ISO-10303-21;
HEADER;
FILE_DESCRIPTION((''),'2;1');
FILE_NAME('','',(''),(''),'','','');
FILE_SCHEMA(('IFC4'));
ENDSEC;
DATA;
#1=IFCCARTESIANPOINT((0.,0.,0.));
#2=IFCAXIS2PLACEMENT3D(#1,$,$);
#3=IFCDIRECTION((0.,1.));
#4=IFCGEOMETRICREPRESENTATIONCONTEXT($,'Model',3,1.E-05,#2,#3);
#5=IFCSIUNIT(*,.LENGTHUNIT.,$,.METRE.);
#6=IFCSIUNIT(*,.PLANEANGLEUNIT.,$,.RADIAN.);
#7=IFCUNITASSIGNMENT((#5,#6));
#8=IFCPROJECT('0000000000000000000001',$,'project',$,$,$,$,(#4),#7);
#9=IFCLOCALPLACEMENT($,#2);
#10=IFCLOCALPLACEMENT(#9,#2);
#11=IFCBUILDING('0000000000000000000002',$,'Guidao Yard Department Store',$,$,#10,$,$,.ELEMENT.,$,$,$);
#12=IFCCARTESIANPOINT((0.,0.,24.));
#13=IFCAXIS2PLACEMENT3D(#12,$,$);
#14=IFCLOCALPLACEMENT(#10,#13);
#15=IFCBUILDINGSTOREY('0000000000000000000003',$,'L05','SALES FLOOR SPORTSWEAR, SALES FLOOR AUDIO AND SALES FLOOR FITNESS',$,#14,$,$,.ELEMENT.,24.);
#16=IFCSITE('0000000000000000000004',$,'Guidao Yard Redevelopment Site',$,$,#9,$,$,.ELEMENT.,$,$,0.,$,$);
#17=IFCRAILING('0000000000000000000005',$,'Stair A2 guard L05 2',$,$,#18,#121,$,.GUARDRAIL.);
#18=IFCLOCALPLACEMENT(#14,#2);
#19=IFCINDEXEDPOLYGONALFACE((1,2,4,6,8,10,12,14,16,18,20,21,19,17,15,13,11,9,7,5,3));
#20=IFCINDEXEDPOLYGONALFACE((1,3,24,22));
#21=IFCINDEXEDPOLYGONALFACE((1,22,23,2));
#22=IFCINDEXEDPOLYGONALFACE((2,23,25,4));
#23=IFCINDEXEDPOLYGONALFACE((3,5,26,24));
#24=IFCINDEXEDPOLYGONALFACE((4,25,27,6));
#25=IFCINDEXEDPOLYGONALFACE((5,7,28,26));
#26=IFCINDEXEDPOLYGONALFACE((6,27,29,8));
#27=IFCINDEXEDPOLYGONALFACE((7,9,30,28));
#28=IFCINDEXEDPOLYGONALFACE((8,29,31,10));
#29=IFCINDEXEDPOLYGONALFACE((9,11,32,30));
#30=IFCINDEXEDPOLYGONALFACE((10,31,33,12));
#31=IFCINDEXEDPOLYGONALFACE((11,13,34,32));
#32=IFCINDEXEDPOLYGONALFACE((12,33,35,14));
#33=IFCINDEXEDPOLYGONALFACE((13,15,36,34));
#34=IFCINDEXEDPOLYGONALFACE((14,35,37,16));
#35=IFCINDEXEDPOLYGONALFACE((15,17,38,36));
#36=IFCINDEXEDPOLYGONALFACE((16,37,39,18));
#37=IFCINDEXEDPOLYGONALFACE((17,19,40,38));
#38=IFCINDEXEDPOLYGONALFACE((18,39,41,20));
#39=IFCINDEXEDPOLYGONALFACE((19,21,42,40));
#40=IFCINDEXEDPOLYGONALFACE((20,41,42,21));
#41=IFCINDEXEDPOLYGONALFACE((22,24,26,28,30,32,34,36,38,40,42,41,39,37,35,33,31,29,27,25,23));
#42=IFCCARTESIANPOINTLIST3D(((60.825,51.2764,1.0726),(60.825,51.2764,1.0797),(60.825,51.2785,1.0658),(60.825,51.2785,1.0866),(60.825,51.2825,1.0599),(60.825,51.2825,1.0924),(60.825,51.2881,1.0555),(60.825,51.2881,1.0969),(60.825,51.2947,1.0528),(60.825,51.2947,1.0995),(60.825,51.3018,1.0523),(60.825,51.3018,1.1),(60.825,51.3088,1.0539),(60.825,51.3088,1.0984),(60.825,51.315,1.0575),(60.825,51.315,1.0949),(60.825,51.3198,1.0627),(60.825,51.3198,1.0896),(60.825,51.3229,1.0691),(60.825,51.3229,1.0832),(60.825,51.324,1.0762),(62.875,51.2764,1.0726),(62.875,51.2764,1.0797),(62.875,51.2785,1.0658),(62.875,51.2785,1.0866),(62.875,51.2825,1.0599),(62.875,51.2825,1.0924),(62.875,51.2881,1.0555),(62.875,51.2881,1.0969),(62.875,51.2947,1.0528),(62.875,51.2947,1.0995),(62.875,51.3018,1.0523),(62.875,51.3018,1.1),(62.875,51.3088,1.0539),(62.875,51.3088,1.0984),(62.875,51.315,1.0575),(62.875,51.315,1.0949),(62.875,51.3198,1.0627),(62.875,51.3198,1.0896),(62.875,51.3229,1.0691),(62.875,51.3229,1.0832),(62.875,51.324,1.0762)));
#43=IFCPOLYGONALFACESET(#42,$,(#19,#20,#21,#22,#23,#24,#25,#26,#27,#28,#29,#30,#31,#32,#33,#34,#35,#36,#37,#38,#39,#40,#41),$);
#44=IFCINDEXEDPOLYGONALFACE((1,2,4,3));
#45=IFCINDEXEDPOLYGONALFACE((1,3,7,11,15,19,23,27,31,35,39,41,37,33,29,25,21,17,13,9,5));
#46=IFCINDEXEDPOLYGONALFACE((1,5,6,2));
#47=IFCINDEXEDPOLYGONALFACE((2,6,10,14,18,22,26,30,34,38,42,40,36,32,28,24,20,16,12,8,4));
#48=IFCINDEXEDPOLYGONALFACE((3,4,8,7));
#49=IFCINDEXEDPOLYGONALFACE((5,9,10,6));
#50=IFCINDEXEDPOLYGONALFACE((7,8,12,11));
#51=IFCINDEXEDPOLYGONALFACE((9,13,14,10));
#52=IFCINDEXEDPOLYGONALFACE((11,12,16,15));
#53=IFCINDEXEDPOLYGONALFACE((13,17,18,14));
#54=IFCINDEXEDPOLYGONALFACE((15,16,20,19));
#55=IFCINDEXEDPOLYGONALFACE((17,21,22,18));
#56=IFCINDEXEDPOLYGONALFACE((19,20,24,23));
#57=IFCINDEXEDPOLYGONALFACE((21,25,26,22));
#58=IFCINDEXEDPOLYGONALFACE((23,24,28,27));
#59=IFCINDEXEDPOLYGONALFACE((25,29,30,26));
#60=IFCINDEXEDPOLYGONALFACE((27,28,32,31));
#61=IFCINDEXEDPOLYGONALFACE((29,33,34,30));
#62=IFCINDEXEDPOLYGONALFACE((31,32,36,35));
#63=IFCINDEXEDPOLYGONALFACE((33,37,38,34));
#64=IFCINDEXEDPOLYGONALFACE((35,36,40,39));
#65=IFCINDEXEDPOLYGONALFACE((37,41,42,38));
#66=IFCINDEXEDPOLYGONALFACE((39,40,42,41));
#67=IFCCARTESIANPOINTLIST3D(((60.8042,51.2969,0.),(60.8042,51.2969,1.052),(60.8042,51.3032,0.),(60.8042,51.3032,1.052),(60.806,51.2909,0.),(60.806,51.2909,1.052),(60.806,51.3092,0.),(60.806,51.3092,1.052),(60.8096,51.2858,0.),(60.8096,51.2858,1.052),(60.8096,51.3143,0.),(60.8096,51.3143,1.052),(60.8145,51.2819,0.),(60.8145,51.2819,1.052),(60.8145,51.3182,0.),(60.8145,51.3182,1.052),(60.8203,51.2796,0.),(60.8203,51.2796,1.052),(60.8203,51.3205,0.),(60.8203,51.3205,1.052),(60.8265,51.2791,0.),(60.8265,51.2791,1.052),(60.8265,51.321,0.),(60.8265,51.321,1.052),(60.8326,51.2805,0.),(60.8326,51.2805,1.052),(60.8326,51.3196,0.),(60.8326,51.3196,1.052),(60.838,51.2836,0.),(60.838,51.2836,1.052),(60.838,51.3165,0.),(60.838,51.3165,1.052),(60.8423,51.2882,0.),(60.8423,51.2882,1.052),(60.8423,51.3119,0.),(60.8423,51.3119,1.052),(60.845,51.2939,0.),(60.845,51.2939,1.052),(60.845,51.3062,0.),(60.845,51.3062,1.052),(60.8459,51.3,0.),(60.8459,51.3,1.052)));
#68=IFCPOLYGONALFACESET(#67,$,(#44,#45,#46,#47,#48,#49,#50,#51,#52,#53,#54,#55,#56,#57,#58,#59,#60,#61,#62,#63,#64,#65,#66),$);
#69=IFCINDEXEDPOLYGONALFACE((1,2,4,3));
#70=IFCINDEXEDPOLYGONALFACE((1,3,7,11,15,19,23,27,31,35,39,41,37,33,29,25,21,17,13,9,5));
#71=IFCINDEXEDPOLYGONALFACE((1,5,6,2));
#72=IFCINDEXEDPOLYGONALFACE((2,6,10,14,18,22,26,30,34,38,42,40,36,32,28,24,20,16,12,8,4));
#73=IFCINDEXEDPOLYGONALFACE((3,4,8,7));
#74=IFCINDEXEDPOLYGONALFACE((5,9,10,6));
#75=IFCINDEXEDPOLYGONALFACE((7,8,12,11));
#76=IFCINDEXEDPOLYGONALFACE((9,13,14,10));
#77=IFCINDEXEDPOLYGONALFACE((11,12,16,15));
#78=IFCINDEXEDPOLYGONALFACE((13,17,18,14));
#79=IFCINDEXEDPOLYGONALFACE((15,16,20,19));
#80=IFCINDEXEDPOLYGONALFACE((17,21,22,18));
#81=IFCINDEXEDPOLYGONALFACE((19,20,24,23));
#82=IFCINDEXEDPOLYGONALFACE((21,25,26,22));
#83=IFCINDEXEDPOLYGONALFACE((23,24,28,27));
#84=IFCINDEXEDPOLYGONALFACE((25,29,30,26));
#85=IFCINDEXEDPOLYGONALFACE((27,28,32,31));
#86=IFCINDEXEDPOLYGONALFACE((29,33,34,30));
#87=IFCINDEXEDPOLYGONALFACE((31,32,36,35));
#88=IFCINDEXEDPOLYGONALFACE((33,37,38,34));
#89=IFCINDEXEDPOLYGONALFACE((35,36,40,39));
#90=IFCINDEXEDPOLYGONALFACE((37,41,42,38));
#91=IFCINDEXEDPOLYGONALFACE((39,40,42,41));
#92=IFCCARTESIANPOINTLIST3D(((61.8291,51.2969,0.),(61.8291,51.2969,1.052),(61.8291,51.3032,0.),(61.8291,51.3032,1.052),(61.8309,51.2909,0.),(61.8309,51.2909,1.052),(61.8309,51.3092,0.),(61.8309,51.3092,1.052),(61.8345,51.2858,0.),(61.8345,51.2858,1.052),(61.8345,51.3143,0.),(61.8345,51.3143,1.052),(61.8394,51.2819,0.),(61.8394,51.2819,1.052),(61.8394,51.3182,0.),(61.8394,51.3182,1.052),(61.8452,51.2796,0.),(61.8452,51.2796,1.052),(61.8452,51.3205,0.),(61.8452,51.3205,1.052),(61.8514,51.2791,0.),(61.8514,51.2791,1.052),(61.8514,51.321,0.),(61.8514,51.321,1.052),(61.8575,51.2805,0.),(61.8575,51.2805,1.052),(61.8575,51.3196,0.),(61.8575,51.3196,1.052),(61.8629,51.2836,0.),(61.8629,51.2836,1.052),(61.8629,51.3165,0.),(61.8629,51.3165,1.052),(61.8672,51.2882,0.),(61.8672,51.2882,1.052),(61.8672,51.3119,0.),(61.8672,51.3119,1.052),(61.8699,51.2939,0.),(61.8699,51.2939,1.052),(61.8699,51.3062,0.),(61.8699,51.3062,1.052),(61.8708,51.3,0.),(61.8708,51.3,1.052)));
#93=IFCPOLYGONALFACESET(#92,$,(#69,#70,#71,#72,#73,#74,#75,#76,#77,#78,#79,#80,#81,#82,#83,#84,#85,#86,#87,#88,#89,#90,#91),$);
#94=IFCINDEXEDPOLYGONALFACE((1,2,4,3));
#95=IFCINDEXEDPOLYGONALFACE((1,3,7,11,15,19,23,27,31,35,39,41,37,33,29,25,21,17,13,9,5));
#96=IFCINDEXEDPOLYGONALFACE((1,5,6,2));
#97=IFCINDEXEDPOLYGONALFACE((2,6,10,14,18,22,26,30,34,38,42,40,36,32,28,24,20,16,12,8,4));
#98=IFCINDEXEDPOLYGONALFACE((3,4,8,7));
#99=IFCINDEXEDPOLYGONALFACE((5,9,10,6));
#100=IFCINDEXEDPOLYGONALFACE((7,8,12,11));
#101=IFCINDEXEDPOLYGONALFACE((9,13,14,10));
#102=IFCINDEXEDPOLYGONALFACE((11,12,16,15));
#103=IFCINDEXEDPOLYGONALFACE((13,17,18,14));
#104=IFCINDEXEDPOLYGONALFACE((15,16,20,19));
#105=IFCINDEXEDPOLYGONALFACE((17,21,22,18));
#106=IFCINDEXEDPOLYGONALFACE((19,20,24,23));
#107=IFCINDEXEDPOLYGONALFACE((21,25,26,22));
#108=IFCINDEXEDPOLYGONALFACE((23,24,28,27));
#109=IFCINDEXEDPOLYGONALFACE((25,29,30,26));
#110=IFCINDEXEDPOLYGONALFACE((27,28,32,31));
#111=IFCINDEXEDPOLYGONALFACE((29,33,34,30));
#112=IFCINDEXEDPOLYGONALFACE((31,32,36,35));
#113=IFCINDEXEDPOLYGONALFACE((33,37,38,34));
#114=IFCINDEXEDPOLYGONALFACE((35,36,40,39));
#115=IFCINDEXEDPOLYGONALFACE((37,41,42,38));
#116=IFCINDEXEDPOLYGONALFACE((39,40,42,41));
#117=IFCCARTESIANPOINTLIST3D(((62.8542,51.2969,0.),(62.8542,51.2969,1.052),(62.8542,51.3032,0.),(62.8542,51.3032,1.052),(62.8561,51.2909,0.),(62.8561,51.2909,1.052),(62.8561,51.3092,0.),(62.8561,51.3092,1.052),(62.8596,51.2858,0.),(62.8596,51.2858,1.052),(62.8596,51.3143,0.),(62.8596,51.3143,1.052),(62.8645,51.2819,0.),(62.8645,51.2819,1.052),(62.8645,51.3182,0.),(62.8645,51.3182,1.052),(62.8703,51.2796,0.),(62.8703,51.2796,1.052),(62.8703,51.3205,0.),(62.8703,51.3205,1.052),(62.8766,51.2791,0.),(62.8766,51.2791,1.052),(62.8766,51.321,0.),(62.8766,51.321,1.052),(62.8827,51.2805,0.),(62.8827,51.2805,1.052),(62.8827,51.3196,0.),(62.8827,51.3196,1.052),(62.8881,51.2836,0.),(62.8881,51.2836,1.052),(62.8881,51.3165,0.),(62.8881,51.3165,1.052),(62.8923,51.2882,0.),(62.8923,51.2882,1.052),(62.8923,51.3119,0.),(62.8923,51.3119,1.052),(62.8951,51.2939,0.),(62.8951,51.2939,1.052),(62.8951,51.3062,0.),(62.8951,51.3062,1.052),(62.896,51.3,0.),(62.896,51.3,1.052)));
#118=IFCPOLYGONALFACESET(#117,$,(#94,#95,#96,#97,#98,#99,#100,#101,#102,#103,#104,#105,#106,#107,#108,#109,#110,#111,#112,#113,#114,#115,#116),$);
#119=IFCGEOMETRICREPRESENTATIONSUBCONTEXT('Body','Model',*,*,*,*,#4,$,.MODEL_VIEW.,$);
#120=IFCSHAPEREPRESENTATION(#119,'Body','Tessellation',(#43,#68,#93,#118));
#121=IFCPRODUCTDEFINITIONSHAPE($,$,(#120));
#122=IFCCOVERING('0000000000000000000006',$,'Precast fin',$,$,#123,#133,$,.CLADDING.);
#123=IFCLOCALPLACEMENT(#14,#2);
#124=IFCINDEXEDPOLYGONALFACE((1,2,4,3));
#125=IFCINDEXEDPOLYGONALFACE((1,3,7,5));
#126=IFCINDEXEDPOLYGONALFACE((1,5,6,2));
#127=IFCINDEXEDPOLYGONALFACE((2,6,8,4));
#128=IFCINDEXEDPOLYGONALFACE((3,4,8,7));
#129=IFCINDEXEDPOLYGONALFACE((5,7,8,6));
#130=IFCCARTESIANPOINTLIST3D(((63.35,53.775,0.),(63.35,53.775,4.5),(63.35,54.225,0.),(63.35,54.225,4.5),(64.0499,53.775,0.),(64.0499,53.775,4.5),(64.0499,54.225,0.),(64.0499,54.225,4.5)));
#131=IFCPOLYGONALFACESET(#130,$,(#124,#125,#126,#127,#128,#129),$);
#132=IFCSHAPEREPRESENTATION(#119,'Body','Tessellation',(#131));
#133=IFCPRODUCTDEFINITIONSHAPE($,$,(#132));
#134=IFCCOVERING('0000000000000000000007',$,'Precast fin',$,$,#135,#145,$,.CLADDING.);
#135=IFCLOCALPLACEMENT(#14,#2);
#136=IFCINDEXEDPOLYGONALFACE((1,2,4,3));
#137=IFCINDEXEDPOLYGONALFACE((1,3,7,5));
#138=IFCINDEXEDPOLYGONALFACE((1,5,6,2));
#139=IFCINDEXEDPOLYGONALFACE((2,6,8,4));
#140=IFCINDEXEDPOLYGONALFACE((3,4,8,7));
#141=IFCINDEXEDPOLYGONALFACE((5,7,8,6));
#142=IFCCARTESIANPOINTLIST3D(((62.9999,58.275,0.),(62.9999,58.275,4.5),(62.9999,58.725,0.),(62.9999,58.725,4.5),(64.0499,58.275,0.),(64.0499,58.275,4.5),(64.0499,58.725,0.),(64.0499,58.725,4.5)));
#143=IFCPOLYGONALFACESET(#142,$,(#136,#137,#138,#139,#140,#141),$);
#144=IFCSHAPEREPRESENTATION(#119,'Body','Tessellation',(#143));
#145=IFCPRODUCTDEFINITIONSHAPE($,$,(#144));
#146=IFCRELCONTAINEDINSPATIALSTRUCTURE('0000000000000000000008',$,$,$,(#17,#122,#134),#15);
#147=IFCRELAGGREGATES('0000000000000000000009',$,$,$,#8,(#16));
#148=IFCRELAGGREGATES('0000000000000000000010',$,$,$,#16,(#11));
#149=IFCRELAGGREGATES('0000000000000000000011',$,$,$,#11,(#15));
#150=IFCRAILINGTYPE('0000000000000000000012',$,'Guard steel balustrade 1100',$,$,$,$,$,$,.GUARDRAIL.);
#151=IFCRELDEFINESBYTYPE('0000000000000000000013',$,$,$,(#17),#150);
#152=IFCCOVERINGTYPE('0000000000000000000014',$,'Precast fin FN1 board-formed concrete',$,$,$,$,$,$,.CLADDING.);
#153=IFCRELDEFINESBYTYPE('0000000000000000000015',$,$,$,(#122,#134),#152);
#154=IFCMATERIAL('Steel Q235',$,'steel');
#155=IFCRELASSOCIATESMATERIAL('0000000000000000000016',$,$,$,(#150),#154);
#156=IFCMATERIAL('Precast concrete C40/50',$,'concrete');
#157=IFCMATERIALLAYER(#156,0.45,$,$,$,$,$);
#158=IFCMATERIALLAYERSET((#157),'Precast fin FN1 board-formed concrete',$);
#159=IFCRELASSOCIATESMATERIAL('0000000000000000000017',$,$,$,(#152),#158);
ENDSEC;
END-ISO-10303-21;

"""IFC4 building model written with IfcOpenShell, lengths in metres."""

from ifc_helpers import new_model, si_unit, direction, frame, origin, origin_2d, place, context, subcontext, project, spatial, rectangle, circle, extrude, material, layer, layer_set, type_object, element, save


model = new_model("IFC4")

# Units and contexts
model_context = context("Model", 3, precision=1e-05, world=origin(), true_north=direction((0.0, 1.0)))
body_context = subcontext(model_context, "Body", "Model", "MODEL_VIEW")
ifc_project = project(units=[si_unit("LENGTHUNIT", "METRE"), si_unit("PLANEANGLEUNIT", "RADIAN")], contexts=[model_context])

# Site, building, storey
site_placement = place(None, origin())
site = spatial("IfcSite", under=ifc_project, at=site_placement, Name="Guidao Yard Redevelopment Site", CompositionType="ELEMENT", RefElevation=0.0)
building_placement = place(site_placement, origin())
building = spatial("IfcBuilding", under=site, at=building_placement, Name="Guidao Yard Department Store", CompositionType="ELEMENT")
storey_placement = place(building_placement, frame((0.0, 0.0, 24.0)))
storey = spatial("IfcBuildingStorey", under=building, at=storey_placement, Name="L05", Description="SALES FLOOR SPORTSWEAR, SALES FLOOR AUDIO AND SALES FLOOR FITNESS", CompositionType="ELEMENT", Elevation=24.0)

# Railing
ifc_material_1 = material(Name="Steel Q235", Category="steel")
railing_type = type_object("IfcRailingType", Name="Guard steel balustrade 1100", PredefinedType="GUARDRAIL", material=ifc_material_1)
railing_placement = place(storey_placement, frame((60.825, 51.3, 0.0)))
element("IfcRailing", 1, at=railing_placement, inside=storey, type_object=railing_type, Name="Stair A2 guard L05 2", PredefinedType="GUARDRAIL", context=body_context, shape_type="SweptSolid", body=[
    extrude(circle(Radius=0.0239, at=origin_2d()), frame((0.0, 0.0, 1.0762), z_axis=(1.0, 0.0, 0.0), x_axis=(0.0, 1.0, 0.0)), (0.0, 0.0, 1.0), 2.05),
    extrude(circle(Radius=0.021, at=origin_2d()), origin(), (0.0, 0.0, 1.0), 1.052),
    extrude(circle(Radius=0.021, at=origin_2d()), frame((1.0249, 0.0, 0.0)), (0.0, 0.0, 1.0), 1.052),
    extrude(circle(Radius=0.021, at=origin_2d()), frame((2.05, 0.0, 0.0)), (0.0, 0.0, 1.0), 1.052),
])

# Coverings
ifc_material_2 = material(Name="Precast concrete C40/50", Category="concrete")
ifc_layer_1 = layer(ifc_material_2, 0.45)
ifc_layer_set_1 = layer_set([ifc_layer_1], Name="Precast fin FN1 board-formed concrete")
covering_type = type_object("IfcCoveringType", Name="Precast fin FN1 board-formed concrete", PredefinedType="CLADDING", material=ifc_layer_set_1)
covering_1_placement = place(storey_placement, frame((63.7, 54.0, 0.0), z_axis=(0.0, 0.0, 1.0), x_axis=(0.0, -1.0, 0.0)))
element("IfcCovering", 2, at=covering_1_placement, inside=storey, type_object=covering_type, Name="Precast fin", PredefinedType="CLADDING", context=body_context, shape_type="SweptSolid", body=[
    extrude(rectangle(XDim=0.45, YDim=0.7, at=origin_2d()), origin(), (0.0, 0.0, 1.0), 4.5),
])
covering_2_placement = place(storey_placement, frame((63.5249, 58.5, 0.0), z_axis=(0.0, 0.0, 1.0), x_axis=(0.0, -1.0, 0.0)))
element("IfcCovering", 3, at=covering_2_placement, inside=storey, type_object=covering_type, Name="Precast fin", PredefinedType="CLADDING", context=body_context, shape_type="SweptSolid", body=[
    extrude(rectangle(XDim=0.45, YDim=1.05, at=origin_2d()), origin(), (0.0, 0.0, 1.0), 4.5),
])

save(model, "model.ifc")
